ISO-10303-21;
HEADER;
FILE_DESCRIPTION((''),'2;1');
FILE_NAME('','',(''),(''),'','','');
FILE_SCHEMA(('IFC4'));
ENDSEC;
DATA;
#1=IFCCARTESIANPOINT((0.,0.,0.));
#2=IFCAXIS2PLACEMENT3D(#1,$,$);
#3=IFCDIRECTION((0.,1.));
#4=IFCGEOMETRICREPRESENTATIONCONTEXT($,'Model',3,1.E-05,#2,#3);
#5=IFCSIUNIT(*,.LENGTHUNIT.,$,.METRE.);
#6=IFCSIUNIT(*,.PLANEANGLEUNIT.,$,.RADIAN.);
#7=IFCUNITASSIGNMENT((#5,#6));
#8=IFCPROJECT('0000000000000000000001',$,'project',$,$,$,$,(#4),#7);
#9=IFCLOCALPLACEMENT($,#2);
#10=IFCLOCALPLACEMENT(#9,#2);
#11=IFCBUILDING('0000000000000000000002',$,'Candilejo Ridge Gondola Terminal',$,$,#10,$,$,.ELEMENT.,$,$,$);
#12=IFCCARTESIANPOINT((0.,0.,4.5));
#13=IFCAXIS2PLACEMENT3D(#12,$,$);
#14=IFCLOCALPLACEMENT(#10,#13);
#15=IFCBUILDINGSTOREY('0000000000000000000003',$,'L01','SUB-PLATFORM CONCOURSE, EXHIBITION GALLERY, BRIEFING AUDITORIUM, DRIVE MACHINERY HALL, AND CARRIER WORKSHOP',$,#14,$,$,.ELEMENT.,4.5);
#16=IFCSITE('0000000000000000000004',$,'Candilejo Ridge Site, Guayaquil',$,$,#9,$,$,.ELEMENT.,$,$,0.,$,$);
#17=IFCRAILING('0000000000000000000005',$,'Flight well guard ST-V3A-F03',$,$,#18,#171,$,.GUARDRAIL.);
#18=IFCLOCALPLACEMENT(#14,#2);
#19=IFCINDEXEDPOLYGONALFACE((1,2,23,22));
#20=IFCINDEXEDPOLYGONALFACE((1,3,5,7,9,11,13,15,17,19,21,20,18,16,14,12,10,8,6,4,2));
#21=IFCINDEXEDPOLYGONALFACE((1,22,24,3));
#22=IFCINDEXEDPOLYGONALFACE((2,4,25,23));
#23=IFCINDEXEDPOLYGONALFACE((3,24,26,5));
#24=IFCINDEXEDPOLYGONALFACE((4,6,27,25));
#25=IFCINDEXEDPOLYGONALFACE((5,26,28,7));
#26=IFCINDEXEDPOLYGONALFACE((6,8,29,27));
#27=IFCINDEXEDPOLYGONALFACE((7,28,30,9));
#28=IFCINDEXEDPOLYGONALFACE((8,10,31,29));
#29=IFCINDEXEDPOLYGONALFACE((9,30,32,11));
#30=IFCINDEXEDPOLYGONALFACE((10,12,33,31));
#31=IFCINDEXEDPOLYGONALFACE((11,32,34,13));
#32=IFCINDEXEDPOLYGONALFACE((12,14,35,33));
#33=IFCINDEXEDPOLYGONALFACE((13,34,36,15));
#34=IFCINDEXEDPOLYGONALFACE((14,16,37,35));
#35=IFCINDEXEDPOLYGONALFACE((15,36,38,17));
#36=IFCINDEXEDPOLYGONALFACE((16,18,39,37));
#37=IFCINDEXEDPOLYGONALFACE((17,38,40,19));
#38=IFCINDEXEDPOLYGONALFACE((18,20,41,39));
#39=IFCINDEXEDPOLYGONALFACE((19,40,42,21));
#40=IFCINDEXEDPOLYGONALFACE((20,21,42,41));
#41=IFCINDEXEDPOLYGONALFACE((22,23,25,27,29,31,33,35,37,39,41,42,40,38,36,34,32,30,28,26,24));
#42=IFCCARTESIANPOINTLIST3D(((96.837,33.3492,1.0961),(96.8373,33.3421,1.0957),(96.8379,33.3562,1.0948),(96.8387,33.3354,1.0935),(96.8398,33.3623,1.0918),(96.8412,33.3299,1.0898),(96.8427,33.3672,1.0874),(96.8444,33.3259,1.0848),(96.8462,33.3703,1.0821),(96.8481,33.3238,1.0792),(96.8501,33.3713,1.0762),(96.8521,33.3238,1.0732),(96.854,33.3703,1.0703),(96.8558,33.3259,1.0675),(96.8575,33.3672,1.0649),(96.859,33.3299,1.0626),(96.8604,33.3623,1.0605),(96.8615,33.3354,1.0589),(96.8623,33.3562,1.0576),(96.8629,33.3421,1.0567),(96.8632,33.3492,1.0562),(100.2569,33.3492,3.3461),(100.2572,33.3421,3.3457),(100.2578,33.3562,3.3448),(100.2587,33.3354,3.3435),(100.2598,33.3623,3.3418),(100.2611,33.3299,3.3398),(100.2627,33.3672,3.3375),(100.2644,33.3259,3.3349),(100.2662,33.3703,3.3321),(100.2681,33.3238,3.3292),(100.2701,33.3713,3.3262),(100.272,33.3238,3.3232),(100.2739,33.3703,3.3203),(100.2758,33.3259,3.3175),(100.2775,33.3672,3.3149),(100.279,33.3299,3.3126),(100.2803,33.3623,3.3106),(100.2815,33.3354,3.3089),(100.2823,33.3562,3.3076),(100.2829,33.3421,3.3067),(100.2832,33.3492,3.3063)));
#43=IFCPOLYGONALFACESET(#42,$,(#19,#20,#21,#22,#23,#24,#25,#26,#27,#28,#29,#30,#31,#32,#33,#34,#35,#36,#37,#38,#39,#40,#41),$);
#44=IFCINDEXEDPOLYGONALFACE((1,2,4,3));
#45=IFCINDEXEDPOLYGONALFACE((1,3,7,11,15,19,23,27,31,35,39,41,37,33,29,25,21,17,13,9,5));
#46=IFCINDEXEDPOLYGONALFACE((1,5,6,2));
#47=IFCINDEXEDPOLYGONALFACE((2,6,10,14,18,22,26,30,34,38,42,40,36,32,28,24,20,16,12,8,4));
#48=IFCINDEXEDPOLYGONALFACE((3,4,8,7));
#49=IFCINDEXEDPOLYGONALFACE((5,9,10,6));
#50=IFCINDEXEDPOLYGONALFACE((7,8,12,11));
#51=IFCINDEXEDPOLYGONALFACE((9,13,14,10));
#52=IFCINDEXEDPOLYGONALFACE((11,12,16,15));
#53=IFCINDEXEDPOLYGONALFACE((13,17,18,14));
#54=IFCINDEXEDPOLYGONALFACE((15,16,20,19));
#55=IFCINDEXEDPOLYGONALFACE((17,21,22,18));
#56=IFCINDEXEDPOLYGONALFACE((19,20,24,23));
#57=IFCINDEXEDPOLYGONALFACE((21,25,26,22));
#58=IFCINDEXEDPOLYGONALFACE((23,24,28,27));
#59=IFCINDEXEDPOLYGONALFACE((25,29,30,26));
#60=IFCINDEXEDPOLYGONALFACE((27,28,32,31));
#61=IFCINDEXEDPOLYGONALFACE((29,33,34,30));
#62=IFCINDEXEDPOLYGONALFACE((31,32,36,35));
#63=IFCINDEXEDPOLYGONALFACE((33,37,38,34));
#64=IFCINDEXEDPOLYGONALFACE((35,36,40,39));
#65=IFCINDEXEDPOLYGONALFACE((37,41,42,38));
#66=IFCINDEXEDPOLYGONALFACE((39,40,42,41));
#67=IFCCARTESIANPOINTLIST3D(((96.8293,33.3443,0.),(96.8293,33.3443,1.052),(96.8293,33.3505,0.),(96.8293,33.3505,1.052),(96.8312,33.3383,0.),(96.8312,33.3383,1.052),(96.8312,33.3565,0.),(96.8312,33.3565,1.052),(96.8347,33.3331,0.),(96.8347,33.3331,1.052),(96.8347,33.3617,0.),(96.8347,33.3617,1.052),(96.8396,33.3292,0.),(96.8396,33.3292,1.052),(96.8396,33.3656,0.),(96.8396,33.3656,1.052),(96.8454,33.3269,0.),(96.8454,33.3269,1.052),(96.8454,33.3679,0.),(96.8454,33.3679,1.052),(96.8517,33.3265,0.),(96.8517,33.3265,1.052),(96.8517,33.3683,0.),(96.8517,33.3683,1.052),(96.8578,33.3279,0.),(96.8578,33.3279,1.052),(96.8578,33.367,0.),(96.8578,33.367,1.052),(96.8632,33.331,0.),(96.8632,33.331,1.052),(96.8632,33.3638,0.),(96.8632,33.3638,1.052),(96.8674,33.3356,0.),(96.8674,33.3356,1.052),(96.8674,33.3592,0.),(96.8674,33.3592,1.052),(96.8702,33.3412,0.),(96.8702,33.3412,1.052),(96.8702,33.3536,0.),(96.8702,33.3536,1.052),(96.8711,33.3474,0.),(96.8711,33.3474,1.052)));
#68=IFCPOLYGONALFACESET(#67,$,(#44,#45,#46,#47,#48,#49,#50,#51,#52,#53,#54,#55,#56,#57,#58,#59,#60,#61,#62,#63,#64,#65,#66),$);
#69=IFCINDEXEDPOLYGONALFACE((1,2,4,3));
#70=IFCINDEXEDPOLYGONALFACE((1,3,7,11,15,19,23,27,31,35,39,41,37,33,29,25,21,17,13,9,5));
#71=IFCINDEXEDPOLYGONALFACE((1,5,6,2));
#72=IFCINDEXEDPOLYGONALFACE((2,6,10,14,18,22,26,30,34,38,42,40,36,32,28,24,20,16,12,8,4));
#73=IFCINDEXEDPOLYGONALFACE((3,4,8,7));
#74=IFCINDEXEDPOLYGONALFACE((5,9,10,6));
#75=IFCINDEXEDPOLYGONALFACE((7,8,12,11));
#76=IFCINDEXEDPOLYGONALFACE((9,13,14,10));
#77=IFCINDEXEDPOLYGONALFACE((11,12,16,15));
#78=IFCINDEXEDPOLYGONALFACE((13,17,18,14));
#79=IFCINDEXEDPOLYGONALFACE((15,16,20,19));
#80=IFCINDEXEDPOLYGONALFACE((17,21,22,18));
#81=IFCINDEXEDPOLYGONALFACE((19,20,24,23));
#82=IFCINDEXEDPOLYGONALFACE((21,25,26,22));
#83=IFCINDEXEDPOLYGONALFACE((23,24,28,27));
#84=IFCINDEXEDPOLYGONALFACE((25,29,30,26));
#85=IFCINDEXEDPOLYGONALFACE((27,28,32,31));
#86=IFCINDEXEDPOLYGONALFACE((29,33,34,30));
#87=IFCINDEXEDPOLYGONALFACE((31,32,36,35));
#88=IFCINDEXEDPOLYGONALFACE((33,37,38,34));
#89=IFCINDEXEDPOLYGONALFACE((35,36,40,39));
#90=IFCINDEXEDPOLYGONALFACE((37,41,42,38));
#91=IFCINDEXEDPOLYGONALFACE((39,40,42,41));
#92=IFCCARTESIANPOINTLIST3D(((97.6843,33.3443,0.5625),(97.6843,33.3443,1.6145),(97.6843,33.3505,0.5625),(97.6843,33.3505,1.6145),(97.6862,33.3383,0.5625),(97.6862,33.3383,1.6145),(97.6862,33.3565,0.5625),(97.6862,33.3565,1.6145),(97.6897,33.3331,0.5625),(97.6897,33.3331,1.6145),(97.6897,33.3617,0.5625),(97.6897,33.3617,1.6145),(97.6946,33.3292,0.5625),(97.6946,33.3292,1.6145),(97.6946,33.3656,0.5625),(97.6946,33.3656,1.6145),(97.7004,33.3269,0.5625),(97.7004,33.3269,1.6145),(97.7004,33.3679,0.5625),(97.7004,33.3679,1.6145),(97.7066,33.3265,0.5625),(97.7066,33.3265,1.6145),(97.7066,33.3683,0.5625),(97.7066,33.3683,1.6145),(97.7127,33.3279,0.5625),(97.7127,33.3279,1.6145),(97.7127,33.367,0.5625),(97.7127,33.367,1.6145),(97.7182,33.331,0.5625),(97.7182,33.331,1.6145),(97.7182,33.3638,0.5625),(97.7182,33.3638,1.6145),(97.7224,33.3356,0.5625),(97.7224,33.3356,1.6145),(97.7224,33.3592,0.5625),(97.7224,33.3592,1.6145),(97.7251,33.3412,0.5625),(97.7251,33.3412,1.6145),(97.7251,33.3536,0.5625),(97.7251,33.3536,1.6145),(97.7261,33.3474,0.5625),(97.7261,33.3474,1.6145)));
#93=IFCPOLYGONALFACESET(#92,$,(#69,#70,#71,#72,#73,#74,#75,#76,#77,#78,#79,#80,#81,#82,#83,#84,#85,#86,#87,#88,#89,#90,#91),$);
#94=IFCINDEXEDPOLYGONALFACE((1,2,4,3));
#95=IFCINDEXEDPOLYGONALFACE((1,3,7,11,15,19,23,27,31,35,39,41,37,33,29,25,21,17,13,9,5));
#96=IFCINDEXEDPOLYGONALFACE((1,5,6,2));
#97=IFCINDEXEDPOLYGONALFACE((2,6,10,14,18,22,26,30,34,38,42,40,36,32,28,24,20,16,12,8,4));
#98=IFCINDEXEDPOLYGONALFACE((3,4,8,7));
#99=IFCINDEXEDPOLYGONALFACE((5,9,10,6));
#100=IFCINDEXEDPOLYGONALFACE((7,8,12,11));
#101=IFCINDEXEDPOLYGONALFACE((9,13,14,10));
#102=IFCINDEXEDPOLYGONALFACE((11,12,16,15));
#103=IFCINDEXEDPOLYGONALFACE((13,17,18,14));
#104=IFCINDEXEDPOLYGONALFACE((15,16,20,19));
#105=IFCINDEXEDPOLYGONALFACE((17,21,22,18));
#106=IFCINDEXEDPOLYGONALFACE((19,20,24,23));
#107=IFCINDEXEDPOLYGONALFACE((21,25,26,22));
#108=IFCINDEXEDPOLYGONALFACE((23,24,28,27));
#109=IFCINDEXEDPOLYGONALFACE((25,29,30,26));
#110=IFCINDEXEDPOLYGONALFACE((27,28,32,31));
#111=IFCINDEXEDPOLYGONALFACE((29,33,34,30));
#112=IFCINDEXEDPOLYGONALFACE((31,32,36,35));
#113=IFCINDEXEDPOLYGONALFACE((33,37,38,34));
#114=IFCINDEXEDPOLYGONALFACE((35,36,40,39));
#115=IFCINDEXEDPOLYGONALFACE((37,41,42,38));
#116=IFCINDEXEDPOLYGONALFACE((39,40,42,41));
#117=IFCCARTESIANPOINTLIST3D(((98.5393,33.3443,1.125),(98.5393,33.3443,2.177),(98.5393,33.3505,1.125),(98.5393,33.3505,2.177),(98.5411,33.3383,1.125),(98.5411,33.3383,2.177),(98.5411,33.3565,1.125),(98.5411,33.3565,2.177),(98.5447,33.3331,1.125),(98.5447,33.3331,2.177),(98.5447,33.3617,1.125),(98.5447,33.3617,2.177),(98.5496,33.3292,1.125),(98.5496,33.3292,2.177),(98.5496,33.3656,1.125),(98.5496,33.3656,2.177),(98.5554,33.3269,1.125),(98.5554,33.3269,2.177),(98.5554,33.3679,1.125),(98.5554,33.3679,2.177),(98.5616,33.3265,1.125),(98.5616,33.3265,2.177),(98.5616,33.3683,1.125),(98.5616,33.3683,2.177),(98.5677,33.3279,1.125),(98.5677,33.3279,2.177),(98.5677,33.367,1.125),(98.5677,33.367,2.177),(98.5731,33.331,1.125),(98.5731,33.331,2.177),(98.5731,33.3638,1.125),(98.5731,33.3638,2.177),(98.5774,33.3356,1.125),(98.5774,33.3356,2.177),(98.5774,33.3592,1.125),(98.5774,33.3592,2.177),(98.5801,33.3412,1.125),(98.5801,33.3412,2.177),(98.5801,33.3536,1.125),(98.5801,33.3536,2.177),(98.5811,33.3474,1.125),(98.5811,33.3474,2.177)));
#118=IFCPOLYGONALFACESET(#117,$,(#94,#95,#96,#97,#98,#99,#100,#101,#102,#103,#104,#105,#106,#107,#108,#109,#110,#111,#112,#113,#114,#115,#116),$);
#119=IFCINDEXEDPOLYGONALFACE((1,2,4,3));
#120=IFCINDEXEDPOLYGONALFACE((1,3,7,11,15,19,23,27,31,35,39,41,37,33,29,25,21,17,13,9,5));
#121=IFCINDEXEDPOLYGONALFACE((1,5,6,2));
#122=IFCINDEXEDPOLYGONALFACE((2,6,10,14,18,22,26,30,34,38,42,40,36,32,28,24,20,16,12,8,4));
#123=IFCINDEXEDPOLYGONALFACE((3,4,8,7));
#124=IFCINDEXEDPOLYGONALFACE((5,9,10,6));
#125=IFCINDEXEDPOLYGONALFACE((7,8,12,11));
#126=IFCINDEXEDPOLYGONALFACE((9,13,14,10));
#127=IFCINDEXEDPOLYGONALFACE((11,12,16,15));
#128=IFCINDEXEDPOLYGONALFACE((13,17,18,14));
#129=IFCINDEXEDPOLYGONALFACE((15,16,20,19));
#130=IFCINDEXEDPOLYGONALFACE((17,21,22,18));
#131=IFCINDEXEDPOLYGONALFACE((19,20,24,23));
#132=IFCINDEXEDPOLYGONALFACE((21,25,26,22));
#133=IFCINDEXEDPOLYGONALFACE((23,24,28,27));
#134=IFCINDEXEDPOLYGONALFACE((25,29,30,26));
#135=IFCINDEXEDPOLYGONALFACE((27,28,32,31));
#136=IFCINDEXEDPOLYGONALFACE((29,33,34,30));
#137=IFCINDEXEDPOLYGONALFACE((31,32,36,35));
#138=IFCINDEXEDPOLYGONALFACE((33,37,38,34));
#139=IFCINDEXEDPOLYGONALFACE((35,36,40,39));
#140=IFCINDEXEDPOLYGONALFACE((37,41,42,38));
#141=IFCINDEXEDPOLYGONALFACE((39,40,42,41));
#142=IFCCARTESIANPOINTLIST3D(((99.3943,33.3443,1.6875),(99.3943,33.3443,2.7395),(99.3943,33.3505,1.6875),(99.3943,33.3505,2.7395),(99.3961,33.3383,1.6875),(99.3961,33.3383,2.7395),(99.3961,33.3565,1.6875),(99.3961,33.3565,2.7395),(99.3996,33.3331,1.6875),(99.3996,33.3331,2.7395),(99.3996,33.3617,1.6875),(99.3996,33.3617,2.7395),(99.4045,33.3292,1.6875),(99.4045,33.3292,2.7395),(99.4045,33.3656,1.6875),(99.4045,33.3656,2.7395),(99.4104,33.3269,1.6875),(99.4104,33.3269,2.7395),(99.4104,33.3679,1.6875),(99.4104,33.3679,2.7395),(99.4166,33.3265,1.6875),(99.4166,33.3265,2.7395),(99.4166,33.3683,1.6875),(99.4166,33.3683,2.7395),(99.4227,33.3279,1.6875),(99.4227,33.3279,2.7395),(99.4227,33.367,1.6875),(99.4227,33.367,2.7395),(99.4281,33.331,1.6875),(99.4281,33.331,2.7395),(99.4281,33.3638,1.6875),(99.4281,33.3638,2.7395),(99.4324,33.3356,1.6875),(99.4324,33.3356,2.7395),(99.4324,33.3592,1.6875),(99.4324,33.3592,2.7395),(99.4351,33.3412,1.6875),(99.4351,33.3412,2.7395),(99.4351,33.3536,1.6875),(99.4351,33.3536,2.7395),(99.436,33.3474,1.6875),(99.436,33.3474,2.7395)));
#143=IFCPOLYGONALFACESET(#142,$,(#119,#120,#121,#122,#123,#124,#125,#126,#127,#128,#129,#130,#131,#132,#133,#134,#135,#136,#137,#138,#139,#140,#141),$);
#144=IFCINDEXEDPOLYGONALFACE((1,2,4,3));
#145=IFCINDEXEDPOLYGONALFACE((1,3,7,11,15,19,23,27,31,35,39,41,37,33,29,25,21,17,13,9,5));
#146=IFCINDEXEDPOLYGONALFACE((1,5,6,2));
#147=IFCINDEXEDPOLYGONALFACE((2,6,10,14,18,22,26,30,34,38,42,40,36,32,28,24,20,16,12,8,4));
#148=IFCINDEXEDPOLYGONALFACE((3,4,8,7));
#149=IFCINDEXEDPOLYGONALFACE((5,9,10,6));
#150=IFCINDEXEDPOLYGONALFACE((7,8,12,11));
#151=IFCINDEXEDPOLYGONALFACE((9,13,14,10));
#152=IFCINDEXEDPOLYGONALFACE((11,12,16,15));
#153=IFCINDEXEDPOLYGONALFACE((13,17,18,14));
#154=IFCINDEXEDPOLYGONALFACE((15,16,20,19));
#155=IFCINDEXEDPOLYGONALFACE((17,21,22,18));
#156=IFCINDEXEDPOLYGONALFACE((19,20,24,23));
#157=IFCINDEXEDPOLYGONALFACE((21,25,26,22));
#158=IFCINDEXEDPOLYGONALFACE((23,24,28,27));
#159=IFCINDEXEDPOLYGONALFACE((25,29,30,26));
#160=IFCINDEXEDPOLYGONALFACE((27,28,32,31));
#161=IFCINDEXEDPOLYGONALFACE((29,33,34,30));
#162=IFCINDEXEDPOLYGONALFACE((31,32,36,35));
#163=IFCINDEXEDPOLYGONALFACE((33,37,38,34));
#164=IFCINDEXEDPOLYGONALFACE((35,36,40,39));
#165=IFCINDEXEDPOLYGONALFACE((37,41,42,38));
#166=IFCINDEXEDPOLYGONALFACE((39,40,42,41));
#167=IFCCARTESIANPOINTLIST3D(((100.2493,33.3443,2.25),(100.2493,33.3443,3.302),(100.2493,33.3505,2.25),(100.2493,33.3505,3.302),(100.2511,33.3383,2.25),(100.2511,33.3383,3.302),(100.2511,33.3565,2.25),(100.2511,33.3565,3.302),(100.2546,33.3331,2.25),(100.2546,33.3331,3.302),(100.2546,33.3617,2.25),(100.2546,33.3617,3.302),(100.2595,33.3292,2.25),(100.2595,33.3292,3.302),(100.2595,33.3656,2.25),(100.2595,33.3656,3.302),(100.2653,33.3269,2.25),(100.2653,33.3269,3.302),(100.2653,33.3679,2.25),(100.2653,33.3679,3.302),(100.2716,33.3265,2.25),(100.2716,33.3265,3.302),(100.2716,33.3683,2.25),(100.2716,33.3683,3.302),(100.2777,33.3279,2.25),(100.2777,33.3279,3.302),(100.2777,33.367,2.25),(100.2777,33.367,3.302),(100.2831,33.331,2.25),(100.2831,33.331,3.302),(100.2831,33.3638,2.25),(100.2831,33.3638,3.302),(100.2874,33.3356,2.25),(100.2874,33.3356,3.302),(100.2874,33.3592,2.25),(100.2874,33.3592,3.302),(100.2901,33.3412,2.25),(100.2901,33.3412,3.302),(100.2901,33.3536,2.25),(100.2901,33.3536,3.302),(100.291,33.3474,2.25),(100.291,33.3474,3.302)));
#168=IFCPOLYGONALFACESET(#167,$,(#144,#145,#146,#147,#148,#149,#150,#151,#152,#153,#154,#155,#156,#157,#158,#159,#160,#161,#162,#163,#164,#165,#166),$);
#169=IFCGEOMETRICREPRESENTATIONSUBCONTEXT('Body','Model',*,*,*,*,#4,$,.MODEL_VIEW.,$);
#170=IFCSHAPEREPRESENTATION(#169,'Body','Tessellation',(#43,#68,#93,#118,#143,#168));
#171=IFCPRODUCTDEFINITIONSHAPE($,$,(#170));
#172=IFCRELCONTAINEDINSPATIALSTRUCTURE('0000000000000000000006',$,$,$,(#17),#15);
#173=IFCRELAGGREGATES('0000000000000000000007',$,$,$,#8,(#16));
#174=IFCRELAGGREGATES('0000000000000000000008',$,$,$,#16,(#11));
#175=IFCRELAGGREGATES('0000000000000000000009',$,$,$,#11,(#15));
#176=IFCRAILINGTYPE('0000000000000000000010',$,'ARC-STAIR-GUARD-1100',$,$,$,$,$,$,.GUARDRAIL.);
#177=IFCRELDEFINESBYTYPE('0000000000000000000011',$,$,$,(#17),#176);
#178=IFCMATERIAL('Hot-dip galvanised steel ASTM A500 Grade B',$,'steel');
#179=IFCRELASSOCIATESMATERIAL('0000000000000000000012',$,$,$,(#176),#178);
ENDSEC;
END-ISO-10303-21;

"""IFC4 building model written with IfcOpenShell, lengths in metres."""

from ifc_helpers import new_model, si_unit, direction, frame, origin, origin_2d, place, context, subcontext, project, spatial, circle, extrude, material, type_object, element, save


model = new_model("IFC4")

# Units and contexts
model_context = context("Model", 3, precision=1e-05, world=origin(), true_north=direction((0.0, 1.0)))
body_context = subcontext(model_context, "Body", "Model", "MODEL_VIEW")
ifc_project = project(units=[si_unit("LENGTHUNIT", "METRE"), si_unit("PLANEANGLEUNIT", "RADIAN")], contexts=[model_context])

# Site, building, storey
site_placement = place(None, origin())
site = spatial("IfcSite", under=ifc_project, at=site_placement, Name="Candilejo Ridge Site, Guayaquil", CompositionType="ELEMENT", RefElevation=0.0)
building_placement = place(site_placement, origin())
building = spatial("IfcBuilding", under=site, at=building_placement, Name="Candilejo Ridge Gondola Terminal", CompositionType="ELEMENT")
storey_placement = place(building_placement, frame((0.0, 0.0, 4.5)))
storey = spatial("IfcBuildingStorey", under=building, at=storey_placement, Name="L01", Description="SUB-PLATFORM CONCOURSE, EXHIBITION GALLERY, BRIEFING AUDITORIUM, DRIVE MACHINERY HALL, AND CARRIER WORKSHOP", CompositionType="ELEMENT", Elevation=4.5)

# Railing
ifc_material_1 = material(Name="Hot-dip galvanised steel ASTM A500 Grade B", Category="steel")
railing_type_1 = type_object("IfcRailingType", Name="ARC-STAIR-GUARD-1100", PredefinedType="GUARDRAIL", material=ifc_material_1)
railing_1_placement = place(storey_placement, frame((96.8501, 33.3474, 0.0)))
element("IfcRailing", 1, at=railing_1_placement, inside=storey, type_object=railing_type_1, Name="Flight well guard ST-V3A-F03", PredefinedType="GUARDRAIL", context=body_context, shape_type="SweptSolid", body=[
    extrude(circle(Radius=0.0239, at=origin_2d()), frame((0.0, 0.0, 1.0762), z_axis=(0.835411, 0.0, 0.549625), x_axis=(0.0, 1.0, 0.0)), (0.0, 0.0, 1.0), 4.0938),
    extrude(circle(Radius=0.021, at=origin_2d()), origin(), (0.0, 0.0, 1.0), 1.052),
    extrude(circle(Radius=0.021, at=origin_2d()), frame((0.855, 0.0, 0.5625)), (0.0, 0.0, 1.0), 1.052),
    extrude(circle(Radius=0.021, at=origin_2d()), frame((1.71, 0.0, 1.125)), (0.0, 0.0, 1.0), 1.052),
    extrude(circle(Radius=0.021, at=origin_2d()), frame((2.5649, 0.0, 1.6875)), (0.0, 0.0, 1.0), 1.052),
    extrude(circle(Radius=0.021, at=origin_2d()), frame((3.4199, 0.0, 2.25)), (0.0, 0.0, 1.0), 1.052),
])

save(model, "model.ifc")
